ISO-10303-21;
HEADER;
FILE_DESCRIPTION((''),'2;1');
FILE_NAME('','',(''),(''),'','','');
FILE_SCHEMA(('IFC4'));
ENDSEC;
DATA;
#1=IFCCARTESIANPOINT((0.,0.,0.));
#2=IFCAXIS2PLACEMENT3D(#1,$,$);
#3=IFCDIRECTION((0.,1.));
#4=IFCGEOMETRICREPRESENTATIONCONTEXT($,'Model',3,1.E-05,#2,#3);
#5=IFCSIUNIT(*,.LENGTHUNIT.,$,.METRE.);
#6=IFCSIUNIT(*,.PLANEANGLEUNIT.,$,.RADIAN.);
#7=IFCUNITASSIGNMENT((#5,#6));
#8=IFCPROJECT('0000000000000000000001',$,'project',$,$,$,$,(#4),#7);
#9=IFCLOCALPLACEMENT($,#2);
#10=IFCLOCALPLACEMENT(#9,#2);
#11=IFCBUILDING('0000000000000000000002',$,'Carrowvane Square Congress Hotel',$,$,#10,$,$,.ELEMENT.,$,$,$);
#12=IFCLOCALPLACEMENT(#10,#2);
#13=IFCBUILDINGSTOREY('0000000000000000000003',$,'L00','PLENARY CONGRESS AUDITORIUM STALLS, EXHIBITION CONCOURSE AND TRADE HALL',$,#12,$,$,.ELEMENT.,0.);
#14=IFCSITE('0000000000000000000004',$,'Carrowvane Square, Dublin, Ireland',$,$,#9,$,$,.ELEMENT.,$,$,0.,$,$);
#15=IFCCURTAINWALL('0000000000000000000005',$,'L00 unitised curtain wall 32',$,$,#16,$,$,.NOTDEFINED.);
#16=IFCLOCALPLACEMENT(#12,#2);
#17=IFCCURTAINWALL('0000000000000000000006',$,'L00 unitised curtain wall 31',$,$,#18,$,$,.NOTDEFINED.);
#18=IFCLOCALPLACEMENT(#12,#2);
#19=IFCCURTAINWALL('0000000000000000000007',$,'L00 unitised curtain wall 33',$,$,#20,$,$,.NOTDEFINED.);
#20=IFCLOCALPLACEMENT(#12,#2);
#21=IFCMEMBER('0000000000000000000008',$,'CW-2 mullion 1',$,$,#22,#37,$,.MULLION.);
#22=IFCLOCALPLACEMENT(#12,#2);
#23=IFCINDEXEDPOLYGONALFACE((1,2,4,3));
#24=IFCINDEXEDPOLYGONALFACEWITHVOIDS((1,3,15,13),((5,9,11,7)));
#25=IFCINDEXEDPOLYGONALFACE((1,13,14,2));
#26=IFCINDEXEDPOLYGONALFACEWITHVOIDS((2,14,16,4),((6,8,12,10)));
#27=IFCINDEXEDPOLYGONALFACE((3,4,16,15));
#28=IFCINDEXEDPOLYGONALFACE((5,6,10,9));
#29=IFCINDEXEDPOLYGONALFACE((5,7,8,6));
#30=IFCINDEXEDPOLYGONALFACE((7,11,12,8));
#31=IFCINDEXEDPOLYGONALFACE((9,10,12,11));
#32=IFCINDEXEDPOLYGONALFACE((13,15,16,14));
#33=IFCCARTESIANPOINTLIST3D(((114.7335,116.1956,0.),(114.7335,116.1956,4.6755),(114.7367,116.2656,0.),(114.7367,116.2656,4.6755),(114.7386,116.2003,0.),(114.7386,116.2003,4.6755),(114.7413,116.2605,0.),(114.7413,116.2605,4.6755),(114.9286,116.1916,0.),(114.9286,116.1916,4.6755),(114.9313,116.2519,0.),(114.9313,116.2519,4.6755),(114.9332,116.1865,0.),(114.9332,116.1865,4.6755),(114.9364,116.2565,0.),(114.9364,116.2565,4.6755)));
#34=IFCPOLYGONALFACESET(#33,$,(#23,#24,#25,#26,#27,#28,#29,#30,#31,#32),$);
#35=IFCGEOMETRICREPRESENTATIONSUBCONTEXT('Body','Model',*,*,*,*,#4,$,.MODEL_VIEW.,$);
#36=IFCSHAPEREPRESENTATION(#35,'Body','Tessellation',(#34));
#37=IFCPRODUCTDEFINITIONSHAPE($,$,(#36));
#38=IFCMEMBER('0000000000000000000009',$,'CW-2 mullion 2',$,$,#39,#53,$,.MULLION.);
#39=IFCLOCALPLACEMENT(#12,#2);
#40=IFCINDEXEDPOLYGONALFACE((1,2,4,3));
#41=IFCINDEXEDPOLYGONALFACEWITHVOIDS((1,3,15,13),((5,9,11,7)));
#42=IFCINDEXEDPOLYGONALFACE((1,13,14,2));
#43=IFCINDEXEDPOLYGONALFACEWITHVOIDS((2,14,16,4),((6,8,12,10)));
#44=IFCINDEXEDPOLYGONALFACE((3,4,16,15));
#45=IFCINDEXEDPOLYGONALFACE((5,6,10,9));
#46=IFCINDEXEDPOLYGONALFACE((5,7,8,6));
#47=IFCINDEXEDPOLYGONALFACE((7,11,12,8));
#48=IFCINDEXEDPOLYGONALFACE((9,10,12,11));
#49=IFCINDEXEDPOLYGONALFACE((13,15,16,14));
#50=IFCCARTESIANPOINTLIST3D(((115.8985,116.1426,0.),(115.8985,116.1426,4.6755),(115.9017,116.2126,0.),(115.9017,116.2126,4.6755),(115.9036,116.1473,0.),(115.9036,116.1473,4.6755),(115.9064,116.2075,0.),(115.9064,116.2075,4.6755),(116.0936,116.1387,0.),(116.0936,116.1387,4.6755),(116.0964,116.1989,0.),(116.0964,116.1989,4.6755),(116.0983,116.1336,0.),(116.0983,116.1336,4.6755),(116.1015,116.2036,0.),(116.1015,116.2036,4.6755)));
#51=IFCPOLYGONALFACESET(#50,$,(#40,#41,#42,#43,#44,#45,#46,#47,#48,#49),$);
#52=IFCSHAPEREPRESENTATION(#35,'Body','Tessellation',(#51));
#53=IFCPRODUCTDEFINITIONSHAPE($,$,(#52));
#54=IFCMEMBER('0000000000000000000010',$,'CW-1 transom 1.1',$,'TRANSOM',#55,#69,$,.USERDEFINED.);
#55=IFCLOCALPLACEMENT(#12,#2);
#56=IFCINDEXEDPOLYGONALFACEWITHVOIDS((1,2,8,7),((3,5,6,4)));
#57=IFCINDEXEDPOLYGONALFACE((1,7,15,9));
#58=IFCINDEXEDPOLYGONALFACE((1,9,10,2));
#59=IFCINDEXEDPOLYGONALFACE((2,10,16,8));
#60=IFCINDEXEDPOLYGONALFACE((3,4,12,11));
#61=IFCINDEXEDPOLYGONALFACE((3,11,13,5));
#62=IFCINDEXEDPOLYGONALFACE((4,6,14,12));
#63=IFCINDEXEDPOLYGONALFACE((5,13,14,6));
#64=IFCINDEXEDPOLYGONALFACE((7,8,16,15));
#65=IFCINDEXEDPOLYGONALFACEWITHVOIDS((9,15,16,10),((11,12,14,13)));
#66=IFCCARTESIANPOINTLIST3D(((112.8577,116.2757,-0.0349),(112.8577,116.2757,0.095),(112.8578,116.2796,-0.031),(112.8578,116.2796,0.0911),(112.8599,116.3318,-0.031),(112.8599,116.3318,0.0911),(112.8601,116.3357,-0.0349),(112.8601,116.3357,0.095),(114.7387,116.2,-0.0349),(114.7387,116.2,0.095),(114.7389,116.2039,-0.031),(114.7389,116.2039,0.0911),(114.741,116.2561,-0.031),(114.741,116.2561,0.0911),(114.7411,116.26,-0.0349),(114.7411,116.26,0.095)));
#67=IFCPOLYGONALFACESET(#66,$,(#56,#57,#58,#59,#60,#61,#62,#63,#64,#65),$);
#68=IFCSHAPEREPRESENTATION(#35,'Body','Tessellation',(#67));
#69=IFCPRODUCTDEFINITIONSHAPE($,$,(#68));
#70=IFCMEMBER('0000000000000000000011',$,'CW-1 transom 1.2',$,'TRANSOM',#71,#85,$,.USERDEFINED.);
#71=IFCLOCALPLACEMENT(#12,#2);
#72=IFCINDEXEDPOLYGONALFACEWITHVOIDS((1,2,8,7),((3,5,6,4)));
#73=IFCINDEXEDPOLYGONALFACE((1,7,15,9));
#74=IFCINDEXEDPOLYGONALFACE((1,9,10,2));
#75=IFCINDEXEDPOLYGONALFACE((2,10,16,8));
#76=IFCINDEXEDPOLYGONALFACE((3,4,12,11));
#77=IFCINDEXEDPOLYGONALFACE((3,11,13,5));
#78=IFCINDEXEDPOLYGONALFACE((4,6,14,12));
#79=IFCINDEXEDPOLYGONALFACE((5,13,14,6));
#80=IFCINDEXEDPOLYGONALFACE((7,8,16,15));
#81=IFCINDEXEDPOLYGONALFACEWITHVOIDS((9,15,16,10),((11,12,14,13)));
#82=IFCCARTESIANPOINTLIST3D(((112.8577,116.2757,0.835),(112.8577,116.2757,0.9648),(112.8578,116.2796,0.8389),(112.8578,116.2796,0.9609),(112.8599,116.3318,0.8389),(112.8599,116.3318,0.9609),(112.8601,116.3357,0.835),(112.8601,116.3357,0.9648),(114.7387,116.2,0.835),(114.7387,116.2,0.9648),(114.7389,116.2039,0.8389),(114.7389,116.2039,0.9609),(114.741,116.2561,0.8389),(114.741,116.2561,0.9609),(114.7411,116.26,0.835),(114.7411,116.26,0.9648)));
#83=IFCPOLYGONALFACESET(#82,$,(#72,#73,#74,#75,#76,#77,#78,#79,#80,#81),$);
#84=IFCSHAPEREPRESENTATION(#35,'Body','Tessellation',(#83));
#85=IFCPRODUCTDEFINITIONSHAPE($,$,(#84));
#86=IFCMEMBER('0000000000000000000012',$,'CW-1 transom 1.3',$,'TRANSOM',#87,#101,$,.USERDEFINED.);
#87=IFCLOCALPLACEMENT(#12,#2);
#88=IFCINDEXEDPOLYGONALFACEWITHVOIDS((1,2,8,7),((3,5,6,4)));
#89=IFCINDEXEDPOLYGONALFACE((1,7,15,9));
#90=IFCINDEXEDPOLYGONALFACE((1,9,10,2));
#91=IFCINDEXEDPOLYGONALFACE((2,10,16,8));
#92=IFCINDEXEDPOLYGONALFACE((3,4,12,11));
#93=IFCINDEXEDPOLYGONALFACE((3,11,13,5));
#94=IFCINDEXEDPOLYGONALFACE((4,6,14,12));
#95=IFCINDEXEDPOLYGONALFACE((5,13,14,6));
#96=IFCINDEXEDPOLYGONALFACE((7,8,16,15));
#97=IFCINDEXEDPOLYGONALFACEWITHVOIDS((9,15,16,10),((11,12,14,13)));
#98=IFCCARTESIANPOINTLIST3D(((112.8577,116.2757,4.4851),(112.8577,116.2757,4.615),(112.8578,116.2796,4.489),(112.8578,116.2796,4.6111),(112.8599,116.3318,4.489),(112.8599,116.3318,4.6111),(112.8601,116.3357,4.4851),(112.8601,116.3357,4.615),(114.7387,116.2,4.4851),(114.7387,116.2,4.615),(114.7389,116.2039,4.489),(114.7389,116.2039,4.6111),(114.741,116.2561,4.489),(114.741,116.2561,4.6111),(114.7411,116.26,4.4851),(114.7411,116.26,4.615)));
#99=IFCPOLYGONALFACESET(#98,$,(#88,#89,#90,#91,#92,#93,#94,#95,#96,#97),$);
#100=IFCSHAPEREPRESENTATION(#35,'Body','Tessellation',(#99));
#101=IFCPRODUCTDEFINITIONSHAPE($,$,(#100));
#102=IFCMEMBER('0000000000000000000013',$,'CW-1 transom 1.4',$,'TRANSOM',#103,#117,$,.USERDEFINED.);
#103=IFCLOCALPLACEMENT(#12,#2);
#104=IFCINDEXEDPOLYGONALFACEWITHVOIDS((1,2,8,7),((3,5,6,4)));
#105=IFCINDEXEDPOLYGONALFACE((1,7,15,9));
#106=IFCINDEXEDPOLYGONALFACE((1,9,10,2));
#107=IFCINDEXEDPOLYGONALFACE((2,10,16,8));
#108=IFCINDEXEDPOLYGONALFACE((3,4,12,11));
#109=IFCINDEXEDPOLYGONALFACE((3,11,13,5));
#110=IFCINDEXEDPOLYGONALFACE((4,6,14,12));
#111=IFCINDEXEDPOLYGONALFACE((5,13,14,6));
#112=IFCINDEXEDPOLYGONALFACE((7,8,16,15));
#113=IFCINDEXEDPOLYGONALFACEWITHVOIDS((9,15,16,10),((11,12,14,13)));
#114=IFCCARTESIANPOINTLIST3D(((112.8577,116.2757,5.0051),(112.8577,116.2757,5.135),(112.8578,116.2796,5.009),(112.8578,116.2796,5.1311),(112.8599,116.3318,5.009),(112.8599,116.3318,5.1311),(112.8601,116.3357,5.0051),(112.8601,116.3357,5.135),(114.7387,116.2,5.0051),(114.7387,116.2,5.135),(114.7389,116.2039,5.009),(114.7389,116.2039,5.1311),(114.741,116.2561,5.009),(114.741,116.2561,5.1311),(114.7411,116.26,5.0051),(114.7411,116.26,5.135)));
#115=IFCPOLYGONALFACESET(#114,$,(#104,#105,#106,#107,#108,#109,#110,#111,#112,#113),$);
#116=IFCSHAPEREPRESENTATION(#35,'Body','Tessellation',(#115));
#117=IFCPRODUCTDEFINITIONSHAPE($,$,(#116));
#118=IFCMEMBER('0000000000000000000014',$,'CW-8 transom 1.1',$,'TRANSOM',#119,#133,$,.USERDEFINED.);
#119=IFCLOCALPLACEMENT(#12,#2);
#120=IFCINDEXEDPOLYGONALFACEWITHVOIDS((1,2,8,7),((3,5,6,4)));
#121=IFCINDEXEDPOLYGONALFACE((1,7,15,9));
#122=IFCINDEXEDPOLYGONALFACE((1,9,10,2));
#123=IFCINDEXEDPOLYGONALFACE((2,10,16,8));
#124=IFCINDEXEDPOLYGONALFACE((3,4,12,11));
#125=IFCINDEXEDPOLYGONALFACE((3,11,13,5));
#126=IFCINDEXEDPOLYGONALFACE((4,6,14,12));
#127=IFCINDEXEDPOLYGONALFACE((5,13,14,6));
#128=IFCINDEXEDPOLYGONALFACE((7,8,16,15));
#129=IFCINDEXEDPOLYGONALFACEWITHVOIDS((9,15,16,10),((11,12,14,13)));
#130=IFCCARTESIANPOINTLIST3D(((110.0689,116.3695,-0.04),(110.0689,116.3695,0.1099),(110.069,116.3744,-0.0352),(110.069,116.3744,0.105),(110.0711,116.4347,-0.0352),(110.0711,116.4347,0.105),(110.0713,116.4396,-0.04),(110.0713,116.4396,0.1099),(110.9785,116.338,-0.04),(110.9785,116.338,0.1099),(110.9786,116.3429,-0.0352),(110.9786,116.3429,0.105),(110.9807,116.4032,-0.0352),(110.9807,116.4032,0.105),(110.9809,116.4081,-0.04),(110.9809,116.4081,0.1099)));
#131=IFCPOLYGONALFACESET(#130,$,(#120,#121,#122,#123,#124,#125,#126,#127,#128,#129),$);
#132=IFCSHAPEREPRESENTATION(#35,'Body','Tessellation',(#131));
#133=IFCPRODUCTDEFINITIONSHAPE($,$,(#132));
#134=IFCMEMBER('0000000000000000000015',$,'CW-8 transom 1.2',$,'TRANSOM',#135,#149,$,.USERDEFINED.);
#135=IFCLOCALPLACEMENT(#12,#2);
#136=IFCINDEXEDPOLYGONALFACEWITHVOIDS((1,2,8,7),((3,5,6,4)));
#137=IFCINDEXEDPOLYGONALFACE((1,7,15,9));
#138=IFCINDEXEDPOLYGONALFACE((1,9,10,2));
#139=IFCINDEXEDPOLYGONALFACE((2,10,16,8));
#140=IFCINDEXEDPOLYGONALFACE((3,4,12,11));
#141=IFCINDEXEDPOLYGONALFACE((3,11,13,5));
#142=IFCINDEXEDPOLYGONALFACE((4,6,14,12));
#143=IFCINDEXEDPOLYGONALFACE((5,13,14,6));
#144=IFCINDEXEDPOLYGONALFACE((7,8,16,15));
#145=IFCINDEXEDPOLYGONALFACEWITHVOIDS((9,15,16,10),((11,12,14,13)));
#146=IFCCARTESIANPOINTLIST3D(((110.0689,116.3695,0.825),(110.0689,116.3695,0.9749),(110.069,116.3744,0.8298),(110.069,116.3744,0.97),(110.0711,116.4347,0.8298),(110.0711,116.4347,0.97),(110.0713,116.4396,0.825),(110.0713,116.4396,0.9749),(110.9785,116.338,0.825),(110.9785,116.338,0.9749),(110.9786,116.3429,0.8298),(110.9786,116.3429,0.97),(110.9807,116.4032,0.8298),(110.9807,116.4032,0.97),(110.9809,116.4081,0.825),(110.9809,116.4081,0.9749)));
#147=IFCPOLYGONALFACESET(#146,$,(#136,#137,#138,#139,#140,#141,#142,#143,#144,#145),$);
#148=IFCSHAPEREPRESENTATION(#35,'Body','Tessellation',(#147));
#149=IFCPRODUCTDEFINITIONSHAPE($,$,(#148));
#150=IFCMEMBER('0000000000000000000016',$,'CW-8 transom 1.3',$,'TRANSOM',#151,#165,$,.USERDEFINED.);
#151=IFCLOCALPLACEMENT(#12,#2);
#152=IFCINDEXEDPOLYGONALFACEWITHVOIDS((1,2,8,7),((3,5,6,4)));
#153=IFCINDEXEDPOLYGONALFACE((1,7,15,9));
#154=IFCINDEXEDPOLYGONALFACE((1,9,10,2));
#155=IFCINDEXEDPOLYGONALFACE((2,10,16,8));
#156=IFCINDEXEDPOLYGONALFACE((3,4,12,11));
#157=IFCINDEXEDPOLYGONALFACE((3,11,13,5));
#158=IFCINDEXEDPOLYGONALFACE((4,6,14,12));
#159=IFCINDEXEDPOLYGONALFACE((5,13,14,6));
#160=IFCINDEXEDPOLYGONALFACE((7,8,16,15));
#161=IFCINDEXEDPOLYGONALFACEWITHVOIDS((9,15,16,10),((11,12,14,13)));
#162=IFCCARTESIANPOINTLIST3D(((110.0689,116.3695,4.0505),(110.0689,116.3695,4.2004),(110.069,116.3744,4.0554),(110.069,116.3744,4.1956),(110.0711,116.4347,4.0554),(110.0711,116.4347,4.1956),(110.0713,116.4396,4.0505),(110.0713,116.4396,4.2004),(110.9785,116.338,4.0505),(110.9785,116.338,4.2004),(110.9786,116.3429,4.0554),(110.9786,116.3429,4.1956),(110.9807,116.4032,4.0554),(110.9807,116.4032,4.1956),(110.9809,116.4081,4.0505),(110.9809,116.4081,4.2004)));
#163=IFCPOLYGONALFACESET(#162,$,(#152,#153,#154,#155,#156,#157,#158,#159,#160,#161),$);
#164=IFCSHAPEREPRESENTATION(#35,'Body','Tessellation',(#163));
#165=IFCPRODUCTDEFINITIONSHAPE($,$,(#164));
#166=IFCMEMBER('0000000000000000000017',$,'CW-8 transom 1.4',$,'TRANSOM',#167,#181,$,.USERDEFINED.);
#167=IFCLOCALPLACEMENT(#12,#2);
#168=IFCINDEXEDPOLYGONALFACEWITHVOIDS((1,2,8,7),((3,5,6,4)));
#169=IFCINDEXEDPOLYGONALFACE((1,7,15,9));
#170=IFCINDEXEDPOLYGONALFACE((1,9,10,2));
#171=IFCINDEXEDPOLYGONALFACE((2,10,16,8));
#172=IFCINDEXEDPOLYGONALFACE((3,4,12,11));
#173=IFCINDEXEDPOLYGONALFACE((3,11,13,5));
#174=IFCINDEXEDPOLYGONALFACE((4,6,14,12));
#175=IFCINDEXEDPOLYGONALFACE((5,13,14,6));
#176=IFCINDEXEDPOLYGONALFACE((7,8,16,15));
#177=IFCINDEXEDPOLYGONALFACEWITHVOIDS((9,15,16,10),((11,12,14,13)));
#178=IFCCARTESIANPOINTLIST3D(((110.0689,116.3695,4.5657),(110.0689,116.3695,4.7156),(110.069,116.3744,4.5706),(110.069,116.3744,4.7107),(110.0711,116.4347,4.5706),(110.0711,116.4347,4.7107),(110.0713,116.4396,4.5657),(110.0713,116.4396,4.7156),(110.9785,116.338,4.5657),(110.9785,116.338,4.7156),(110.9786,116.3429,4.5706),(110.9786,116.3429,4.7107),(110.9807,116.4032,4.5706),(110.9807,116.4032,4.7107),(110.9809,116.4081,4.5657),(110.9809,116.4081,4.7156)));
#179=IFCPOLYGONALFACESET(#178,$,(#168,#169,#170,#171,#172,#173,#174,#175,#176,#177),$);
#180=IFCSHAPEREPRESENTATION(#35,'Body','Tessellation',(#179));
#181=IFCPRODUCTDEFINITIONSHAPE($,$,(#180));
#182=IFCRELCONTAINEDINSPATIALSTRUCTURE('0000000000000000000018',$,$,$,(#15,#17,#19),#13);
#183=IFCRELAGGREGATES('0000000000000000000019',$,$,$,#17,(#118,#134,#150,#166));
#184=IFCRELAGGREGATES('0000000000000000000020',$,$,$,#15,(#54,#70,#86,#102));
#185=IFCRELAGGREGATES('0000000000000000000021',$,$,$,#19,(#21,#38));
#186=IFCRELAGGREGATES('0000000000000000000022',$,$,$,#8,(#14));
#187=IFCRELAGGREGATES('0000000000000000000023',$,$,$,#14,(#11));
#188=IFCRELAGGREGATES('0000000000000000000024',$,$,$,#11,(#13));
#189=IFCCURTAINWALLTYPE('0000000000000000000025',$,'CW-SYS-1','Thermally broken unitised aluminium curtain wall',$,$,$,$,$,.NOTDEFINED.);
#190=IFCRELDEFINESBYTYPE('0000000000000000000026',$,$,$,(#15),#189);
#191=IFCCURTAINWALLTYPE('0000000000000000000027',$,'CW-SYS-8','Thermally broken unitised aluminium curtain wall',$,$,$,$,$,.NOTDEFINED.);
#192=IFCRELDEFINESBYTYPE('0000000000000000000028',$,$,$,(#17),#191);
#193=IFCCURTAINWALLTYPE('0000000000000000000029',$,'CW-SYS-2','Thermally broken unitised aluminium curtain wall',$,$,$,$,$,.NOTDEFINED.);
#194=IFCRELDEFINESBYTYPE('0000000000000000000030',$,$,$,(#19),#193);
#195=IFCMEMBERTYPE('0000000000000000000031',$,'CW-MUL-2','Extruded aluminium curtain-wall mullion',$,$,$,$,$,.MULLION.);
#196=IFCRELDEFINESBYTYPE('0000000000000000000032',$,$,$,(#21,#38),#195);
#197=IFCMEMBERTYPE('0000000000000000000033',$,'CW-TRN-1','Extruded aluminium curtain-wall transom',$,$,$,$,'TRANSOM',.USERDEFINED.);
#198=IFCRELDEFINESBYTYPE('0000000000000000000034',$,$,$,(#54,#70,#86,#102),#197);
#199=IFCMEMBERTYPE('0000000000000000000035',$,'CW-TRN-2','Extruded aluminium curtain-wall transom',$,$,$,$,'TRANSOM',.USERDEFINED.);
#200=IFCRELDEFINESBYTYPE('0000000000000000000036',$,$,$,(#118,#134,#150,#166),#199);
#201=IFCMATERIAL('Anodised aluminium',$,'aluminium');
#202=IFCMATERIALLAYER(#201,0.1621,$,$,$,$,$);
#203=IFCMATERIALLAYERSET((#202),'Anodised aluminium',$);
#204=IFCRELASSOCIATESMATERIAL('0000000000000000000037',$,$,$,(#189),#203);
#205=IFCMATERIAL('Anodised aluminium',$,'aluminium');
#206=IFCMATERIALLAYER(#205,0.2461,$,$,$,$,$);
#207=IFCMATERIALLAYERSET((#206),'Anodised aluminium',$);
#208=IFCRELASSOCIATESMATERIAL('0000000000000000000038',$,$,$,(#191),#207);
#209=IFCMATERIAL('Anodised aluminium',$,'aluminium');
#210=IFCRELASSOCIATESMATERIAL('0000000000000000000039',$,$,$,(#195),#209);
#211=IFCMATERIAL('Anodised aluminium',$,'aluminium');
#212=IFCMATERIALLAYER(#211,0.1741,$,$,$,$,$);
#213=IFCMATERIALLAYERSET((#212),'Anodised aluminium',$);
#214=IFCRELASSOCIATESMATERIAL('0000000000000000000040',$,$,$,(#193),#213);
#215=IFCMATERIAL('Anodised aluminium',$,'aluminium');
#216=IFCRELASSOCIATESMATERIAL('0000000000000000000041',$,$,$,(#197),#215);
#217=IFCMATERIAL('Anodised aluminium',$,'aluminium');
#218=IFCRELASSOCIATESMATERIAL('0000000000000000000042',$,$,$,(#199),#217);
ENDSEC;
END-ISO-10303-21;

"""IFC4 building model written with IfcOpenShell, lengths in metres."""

from ifc_helpers import new_model, si_unit, direction, frame, origin, origin_2d, place, context, subcontext, project, spatial, hollow_rectangle, extrude, material, layer, layer_set, material_profile, profile_set, type_object, element, aggregate, save


model = new_model("IFC4")

# Units and contexts
model_context = context("Model", 3, precision=1e-05, world=origin(), true_north=direction((0.0, 1.0)))
body_context = subcontext(model_context, "Body", "Model", "MODEL_VIEW")
ifc_project = project(units=[si_unit("LENGTHUNIT", "METRE"), si_unit("PLANEANGLEUNIT", "RADIAN")], contexts=[model_context])

# Site, building, storey
site_placement = place(None, origin())
site = spatial("IfcSite", under=ifc_project, at=site_placement, Name="Carrowvane Square, Dublin, Ireland", CompositionType="ELEMENT", RefElevation=0.0)
building_placement = place(site_placement, origin())
building = spatial("IfcBuilding", under=site, at=building_placement, Name="Carrowvane Square Congress Hotel", CompositionType="ELEMENT")
storey_placement = place(building_placement, origin())
storey = spatial("IfcBuildingStorey", under=building, at=storey_placement, Name="L00", Description="PLENARY CONGRESS AUDITORIUM STALLS, EXHIBITION CONCOURSE AND TRADE HALL", CompositionType="ELEMENT", Elevation=0.0)

# Curtain walls, members
ifc_material_1 = material(Name="Anodised aluminium", Category="aluminium")
ifc_layer_1 = layer(ifc_material_1, 0.1621)
ifc_layer_set_1 = layer_set([ifc_layer_1], Name="Anodised aluminium")
curtain_wall_type_1 = type_object("IfcCurtainWallType", Name="CW-SYS-1", Description="Thermally broken unitised aluminium curtain wall", PredefinedType="NOTDEFINED", material=ifc_layer_set_1)
curtain_wall_1_placement = place(storey_placement, origin())
curtain_wall_1 = element("IfcCurtainWall", 1, at=curtain_wall_1_placement, inside=storey, type_object=curtain_wall_type_1, Name="L00 unitised curtain wall 32", PredefinedType="NOTDEFINED")
ifc_material_2 = material(Name="Anodised aluminium", Category="aluminium")
ifc_layer_2 = layer(ifc_material_2, 0.2461)
ifc_layer_set_2 = layer_set([ifc_layer_2], Name="Anodised aluminium")
curtain_wall_type_2 = type_object("IfcCurtainWallType", Name="CW-SYS-8", Description="Thermally broken unitised aluminium curtain wall", PredefinedType="NOTDEFINED", material=ifc_layer_set_2)
curtain_wall_2_placement = place(storey_placement, origin())
curtain_wall_2 = element("IfcCurtainWall", 2, at=curtain_wall_2_placement, inside=storey, type_object=curtain_wall_type_2, Name="L00 unitised curtain wall 31", PredefinedType="NOTDEFINED")
ifc_material_3 = material(Name="Anodised aluminium", Category="aluminium")
ifc_material_profile_1 = material_profile(ifc_material_3, hollow_rectangle(XDim=0.0701, YDim=0.2, WallThickness=0.0049, at=origin_2d()), Name="CW-ML 70x200x5")
ifc_profile_set_1 = profile_set([ifc_material_profile_1], Name="Anodised aluminium")
member_type_1 = type_object("IfcMemberType", Name="CW-MUL-2", Description="Extruded aluminium curtain-wall mullion", PredefinedType="MULLION", material=ifc_profile_set_1)
ifc_material_4 = material(Name="Anodised aluminium", Category="aluminium")
ifc_layer_3 = layer(ifc_material_4, 0.1741)
ifc_layer_set_3 = layer_set([ifc_layer_3], Name="Anodised aluminium")
curtain_wall_type_3 = type_object("IfcCurtainWallType", Name="CW-SYS-2", Description="Thermally broken unitised aluminium curtain wall", PredefinedType="NOTDEFINED", material=ifc_layer_set_3)
curtain_wall_3_placement = place(storey_placement, origin())
curtain_wall_3 = element("IfcCurtainWall", 3, at=curtain_wall_3_placement, inside=storey, type_object=curtain_wall_type_3, Name="L00 unitised curtain wall 33", PredefinedType="NOTDEFINED")
member_1_placement = place(storey_placement, frame((114.835, 116.2261, 0.0), z_axis=(0.0, 0.0, 1.0), x_axis=(0.045411, 0.998968, 0.0)))
member_1 = element("IfcMember", 4, at=member_1_placement, type_object=member_type_1, Name="CW-2 mullion 1", PredefinedType="MULLION", context=body_context, shape_type="SweptSolid", body=[
    extrude(hollow_rectangle(XDim=0.0701, YDim=0.2, WallThickness=0.0049, at=origin_2d()), origin(), (0.0, 0.0, 1.0), 4.6755),
])
member_2_placement = place(storey_placement, frame((116.0, 116.1731, 0.0), z_axis=(0.0, 0.0, 1.0), x_axis=(0.045411, 0.998968, 0.0)))
member_2 = element("IfcMember", 5, at=member_2_placement, type_object=member_type_1, Name="CW-2 mullion 2", PredefinedType="MULLION", context=body_context, shape_type="SweptSolid", body=[
    extrude(hollow_rectangle(XDim=0.0701, YDim=0.2, WallThickness=0.0049, at=origin_2d()), origin(), (0.0, 0.0, 1.0), 4.6755),
])

# Members
ifc_material_5 = material(Name="Anodised aluminium", Category="aluminium")
ifc_material_profile_2 = material_profile(ifc_material_5, hollow_rectangle(XDim=0.0601, YDim=0.1299, WallThickness=0.0039, at=origin_2d()), Name="CW-TR 60x130x4")
ifc_profile_set_2 = profile_set([ifc_material_profile_2], Name="Anodised aluminium")
member_type_2 = type_object("IfcMemberType", Name="CW-TRN-1", Description="Extruded aluminium curtain-wall transom", ElementType="TRANSOM", PredefinedType="USERDEFINED", material=ifc_profile_set_2)
member_3_placement = place(storey_placement, frame((112.8589, 116.3057, 0.03), z_axis=(0.999192, -0.040201, 0.0), x_axis=(0.040201, 0.999192, 0.0)))
member_3 = element("IfcMember", 6, at=member_3_placement, type_object=member_type_2, Name="CW-1 transom 1.1", ObjectType="TRANSOM", PredefinedType="USERDEFINED", context=body_context, shape_type="SweptSolid", body=[
    extrude(hollow_rectangle(XDim=0.0601, YDim=0.1299, WallThickness=0.0039, at=origin_2d()), origin(), (0.0, 0.0, 1.0), 1.8826),
])
member_4_placement = place(storey_placement, frame((112.8589, 116.3057, 0.8999), z_axis=(0.999192, -0.040201, 0.0), x_axis=(0.040201, 0.999192, 0.0)))
member_4 = element("IfcMember", 7, at=member_4_placement, type_object=member_type_2, Name="CW-1 transom 1.2", ObjectType="TRANSOM", PredefinedType="USERDEFINED", context=body_context, shape_type="SweptSolid", body=[
    extrude(hollow_rectangle(XDim=0.0601, YDim=0.1299, WallThickness=0.0039, at=origin_2d()), origin(), (0.0, 0.0, 1.0), 1.8826),
])
member_5_placement = place(storey_placement, frame((112.8589, 116.3057, 4.55), z_axis=(0.999192, -0.040201, 0.0), x_axis=(0.040201, 0.999192, 0.0)))
member_5 = element("IfcMember", 8, at=member_5_placement, type_object=member_type_2, Name="CW-1 transom 1.3", ObjectType="TRANSOM", PredefinedType="USERDEFINED", context=body_context, shape_type="SweptSolid", body=[
    extrude(hollow_rectangle(XDim=0.0601, YDim=0.1299, WallThickness=0.0039, at=origin_2d()), origin(), (0.0, 0.0, 1.0), 1.8826),
])
member_6_placement = place(storey_placement, frame((112.8589, 116.3057, 5.0701), z_axis=(0.999192, -0.040201, 0.0), x_axis=(0.040201, 0.999192, 0.0)))
member_6 = element("IfcMember", 9, at=member_6_placement, type_object=member_type_2, Name="CW-1 transom 1.4", ObjectType="TRANSOM", PredefinedType="USERDEFINED", context=body_context, shape_type="SweptSolid", body=[
    extrude(hollow_rectangle(XDim=0.0601, YDim=0.1299, WallThickness=0.0039, at=origin_2d()), origin(), (0.0, 0.0, 1.0), 1.8826),
])
ifc_material_6 = material(Name="Anodised aluminium", Category="aluminium")
ifc_material_profile_3 = material_profile(ifc_material_6, hollow_rectangle(XDim=0.0701, YDim=0.1499, WallThickness=0.0049, at=origin_2d()), Name="CW-TR 70x150x5")
ifc_profile_set_3 = profile_set([ifc_material_profile_3], Name="Anodised aluminium")
member_type_3 = type_object("IfcMemberType", Name="CW-TRN-2", Description="Extruded aluminium curtain-wall transom", ElementType="TRANSOM", PredefinedType="USERDEFINED", material=ifc_profile_set_3)
member_7_placement = place(storey_placement, frame((110.0701, 116.4045, 0.0349), z_axis=(0.999401, -0.034601, 0.0), x_axis=(0.034601, 0.999401, 0.0)))
member_7 = element("IfcMember", 10, at=member_7_placement, type_object=member_type_3, Name="CW-8 transom 1.1", ObjectType="TRANSOM", PredefinedType="USERDEFINED", context=body_context, shape_type="SweptSolid", body=[
    extrude(hollow_rectangle(XDim=0.0701, YDim=0.1499, WallThickness=0.0049, at=origin_2d()), origin(), (0.0, 0.0, 1.0), 0.9102),
])
member_8_placement = place(storey_placement, frame((110.0701, 116.4045, 0.8999), z_axis=(0.999401, -0.034601, 0.0), x_axis=(0.034601, 0.999401, 0.0)))
member_8 = element("IfcMember", 11, at=member_8_placement, type_object=member_type_3, Name="CW-8 transom 1.2", ObjectType="TRANSOM", PredefinedType="USERDEFINED", context=body_context, shape_type="SweptSolid", body=[
    extrude(hollow_rectangle(XDim=0.0701, YDim=0.1499, WallThickness=0.0049, at=origin_2d()), origin(), (0.0, 0.0, 1.0), 0.9102),
])
member_9_placement = place(storey_placement, frame((110.0701, 116.4045, 4.1255), z_axis=(0.999401, -0.034601, 0.0), x_axis=(0.034601, 0.999401, 0.0)))
member_9 = element("IfcMember", 12, at=member_9_placement, type_object=member_type_3, Name="CW-8 transom 1.3", ObjectType="TRANSOM", PredefinedType="USERDEFINED", context=body_context, shape_type="SweptSolid", body=[
    extrude(hollow_rectangle(XDim=0.0701, YDim=0.1499, WallThickness=0.0049, at=origin_2d()), origin(), (0.0, 0.0, 1.0), 0.9102),
])
member_10_placement = place(storey_placement, frame((110.0701, 116.4045, 4.6406), z_axis=(0.999401, -0.034601, 0.0), x_axis=(0.034601, 0.999401, 0.0)))
member_10 = element("IfcMember", 13, at=member_10_placement, type_object=member_type_3, Name="CW-8 transom 1.4", ObjectType="TRANSOM", PredefinedType="USERDEFINED", context=body_context, shape_type="SweptSolid", body=[
    extrude(hollow_rectangle(XDim=0.0701, YDim=0.1499, WallThickness=0.0049, at=origin_2d()), origin(), (0.0, 0.0, 1.0), 0.9102),
])

aggregate(curtain_wall_2, [member_7, member_8, member_9, member_10])
aggregate(curtain_wall_1, [member_3, member_4, member_5, member_6])
aggregate(curtain_wall_3, [member_1, member_2])

save(model, "model.ifc")
